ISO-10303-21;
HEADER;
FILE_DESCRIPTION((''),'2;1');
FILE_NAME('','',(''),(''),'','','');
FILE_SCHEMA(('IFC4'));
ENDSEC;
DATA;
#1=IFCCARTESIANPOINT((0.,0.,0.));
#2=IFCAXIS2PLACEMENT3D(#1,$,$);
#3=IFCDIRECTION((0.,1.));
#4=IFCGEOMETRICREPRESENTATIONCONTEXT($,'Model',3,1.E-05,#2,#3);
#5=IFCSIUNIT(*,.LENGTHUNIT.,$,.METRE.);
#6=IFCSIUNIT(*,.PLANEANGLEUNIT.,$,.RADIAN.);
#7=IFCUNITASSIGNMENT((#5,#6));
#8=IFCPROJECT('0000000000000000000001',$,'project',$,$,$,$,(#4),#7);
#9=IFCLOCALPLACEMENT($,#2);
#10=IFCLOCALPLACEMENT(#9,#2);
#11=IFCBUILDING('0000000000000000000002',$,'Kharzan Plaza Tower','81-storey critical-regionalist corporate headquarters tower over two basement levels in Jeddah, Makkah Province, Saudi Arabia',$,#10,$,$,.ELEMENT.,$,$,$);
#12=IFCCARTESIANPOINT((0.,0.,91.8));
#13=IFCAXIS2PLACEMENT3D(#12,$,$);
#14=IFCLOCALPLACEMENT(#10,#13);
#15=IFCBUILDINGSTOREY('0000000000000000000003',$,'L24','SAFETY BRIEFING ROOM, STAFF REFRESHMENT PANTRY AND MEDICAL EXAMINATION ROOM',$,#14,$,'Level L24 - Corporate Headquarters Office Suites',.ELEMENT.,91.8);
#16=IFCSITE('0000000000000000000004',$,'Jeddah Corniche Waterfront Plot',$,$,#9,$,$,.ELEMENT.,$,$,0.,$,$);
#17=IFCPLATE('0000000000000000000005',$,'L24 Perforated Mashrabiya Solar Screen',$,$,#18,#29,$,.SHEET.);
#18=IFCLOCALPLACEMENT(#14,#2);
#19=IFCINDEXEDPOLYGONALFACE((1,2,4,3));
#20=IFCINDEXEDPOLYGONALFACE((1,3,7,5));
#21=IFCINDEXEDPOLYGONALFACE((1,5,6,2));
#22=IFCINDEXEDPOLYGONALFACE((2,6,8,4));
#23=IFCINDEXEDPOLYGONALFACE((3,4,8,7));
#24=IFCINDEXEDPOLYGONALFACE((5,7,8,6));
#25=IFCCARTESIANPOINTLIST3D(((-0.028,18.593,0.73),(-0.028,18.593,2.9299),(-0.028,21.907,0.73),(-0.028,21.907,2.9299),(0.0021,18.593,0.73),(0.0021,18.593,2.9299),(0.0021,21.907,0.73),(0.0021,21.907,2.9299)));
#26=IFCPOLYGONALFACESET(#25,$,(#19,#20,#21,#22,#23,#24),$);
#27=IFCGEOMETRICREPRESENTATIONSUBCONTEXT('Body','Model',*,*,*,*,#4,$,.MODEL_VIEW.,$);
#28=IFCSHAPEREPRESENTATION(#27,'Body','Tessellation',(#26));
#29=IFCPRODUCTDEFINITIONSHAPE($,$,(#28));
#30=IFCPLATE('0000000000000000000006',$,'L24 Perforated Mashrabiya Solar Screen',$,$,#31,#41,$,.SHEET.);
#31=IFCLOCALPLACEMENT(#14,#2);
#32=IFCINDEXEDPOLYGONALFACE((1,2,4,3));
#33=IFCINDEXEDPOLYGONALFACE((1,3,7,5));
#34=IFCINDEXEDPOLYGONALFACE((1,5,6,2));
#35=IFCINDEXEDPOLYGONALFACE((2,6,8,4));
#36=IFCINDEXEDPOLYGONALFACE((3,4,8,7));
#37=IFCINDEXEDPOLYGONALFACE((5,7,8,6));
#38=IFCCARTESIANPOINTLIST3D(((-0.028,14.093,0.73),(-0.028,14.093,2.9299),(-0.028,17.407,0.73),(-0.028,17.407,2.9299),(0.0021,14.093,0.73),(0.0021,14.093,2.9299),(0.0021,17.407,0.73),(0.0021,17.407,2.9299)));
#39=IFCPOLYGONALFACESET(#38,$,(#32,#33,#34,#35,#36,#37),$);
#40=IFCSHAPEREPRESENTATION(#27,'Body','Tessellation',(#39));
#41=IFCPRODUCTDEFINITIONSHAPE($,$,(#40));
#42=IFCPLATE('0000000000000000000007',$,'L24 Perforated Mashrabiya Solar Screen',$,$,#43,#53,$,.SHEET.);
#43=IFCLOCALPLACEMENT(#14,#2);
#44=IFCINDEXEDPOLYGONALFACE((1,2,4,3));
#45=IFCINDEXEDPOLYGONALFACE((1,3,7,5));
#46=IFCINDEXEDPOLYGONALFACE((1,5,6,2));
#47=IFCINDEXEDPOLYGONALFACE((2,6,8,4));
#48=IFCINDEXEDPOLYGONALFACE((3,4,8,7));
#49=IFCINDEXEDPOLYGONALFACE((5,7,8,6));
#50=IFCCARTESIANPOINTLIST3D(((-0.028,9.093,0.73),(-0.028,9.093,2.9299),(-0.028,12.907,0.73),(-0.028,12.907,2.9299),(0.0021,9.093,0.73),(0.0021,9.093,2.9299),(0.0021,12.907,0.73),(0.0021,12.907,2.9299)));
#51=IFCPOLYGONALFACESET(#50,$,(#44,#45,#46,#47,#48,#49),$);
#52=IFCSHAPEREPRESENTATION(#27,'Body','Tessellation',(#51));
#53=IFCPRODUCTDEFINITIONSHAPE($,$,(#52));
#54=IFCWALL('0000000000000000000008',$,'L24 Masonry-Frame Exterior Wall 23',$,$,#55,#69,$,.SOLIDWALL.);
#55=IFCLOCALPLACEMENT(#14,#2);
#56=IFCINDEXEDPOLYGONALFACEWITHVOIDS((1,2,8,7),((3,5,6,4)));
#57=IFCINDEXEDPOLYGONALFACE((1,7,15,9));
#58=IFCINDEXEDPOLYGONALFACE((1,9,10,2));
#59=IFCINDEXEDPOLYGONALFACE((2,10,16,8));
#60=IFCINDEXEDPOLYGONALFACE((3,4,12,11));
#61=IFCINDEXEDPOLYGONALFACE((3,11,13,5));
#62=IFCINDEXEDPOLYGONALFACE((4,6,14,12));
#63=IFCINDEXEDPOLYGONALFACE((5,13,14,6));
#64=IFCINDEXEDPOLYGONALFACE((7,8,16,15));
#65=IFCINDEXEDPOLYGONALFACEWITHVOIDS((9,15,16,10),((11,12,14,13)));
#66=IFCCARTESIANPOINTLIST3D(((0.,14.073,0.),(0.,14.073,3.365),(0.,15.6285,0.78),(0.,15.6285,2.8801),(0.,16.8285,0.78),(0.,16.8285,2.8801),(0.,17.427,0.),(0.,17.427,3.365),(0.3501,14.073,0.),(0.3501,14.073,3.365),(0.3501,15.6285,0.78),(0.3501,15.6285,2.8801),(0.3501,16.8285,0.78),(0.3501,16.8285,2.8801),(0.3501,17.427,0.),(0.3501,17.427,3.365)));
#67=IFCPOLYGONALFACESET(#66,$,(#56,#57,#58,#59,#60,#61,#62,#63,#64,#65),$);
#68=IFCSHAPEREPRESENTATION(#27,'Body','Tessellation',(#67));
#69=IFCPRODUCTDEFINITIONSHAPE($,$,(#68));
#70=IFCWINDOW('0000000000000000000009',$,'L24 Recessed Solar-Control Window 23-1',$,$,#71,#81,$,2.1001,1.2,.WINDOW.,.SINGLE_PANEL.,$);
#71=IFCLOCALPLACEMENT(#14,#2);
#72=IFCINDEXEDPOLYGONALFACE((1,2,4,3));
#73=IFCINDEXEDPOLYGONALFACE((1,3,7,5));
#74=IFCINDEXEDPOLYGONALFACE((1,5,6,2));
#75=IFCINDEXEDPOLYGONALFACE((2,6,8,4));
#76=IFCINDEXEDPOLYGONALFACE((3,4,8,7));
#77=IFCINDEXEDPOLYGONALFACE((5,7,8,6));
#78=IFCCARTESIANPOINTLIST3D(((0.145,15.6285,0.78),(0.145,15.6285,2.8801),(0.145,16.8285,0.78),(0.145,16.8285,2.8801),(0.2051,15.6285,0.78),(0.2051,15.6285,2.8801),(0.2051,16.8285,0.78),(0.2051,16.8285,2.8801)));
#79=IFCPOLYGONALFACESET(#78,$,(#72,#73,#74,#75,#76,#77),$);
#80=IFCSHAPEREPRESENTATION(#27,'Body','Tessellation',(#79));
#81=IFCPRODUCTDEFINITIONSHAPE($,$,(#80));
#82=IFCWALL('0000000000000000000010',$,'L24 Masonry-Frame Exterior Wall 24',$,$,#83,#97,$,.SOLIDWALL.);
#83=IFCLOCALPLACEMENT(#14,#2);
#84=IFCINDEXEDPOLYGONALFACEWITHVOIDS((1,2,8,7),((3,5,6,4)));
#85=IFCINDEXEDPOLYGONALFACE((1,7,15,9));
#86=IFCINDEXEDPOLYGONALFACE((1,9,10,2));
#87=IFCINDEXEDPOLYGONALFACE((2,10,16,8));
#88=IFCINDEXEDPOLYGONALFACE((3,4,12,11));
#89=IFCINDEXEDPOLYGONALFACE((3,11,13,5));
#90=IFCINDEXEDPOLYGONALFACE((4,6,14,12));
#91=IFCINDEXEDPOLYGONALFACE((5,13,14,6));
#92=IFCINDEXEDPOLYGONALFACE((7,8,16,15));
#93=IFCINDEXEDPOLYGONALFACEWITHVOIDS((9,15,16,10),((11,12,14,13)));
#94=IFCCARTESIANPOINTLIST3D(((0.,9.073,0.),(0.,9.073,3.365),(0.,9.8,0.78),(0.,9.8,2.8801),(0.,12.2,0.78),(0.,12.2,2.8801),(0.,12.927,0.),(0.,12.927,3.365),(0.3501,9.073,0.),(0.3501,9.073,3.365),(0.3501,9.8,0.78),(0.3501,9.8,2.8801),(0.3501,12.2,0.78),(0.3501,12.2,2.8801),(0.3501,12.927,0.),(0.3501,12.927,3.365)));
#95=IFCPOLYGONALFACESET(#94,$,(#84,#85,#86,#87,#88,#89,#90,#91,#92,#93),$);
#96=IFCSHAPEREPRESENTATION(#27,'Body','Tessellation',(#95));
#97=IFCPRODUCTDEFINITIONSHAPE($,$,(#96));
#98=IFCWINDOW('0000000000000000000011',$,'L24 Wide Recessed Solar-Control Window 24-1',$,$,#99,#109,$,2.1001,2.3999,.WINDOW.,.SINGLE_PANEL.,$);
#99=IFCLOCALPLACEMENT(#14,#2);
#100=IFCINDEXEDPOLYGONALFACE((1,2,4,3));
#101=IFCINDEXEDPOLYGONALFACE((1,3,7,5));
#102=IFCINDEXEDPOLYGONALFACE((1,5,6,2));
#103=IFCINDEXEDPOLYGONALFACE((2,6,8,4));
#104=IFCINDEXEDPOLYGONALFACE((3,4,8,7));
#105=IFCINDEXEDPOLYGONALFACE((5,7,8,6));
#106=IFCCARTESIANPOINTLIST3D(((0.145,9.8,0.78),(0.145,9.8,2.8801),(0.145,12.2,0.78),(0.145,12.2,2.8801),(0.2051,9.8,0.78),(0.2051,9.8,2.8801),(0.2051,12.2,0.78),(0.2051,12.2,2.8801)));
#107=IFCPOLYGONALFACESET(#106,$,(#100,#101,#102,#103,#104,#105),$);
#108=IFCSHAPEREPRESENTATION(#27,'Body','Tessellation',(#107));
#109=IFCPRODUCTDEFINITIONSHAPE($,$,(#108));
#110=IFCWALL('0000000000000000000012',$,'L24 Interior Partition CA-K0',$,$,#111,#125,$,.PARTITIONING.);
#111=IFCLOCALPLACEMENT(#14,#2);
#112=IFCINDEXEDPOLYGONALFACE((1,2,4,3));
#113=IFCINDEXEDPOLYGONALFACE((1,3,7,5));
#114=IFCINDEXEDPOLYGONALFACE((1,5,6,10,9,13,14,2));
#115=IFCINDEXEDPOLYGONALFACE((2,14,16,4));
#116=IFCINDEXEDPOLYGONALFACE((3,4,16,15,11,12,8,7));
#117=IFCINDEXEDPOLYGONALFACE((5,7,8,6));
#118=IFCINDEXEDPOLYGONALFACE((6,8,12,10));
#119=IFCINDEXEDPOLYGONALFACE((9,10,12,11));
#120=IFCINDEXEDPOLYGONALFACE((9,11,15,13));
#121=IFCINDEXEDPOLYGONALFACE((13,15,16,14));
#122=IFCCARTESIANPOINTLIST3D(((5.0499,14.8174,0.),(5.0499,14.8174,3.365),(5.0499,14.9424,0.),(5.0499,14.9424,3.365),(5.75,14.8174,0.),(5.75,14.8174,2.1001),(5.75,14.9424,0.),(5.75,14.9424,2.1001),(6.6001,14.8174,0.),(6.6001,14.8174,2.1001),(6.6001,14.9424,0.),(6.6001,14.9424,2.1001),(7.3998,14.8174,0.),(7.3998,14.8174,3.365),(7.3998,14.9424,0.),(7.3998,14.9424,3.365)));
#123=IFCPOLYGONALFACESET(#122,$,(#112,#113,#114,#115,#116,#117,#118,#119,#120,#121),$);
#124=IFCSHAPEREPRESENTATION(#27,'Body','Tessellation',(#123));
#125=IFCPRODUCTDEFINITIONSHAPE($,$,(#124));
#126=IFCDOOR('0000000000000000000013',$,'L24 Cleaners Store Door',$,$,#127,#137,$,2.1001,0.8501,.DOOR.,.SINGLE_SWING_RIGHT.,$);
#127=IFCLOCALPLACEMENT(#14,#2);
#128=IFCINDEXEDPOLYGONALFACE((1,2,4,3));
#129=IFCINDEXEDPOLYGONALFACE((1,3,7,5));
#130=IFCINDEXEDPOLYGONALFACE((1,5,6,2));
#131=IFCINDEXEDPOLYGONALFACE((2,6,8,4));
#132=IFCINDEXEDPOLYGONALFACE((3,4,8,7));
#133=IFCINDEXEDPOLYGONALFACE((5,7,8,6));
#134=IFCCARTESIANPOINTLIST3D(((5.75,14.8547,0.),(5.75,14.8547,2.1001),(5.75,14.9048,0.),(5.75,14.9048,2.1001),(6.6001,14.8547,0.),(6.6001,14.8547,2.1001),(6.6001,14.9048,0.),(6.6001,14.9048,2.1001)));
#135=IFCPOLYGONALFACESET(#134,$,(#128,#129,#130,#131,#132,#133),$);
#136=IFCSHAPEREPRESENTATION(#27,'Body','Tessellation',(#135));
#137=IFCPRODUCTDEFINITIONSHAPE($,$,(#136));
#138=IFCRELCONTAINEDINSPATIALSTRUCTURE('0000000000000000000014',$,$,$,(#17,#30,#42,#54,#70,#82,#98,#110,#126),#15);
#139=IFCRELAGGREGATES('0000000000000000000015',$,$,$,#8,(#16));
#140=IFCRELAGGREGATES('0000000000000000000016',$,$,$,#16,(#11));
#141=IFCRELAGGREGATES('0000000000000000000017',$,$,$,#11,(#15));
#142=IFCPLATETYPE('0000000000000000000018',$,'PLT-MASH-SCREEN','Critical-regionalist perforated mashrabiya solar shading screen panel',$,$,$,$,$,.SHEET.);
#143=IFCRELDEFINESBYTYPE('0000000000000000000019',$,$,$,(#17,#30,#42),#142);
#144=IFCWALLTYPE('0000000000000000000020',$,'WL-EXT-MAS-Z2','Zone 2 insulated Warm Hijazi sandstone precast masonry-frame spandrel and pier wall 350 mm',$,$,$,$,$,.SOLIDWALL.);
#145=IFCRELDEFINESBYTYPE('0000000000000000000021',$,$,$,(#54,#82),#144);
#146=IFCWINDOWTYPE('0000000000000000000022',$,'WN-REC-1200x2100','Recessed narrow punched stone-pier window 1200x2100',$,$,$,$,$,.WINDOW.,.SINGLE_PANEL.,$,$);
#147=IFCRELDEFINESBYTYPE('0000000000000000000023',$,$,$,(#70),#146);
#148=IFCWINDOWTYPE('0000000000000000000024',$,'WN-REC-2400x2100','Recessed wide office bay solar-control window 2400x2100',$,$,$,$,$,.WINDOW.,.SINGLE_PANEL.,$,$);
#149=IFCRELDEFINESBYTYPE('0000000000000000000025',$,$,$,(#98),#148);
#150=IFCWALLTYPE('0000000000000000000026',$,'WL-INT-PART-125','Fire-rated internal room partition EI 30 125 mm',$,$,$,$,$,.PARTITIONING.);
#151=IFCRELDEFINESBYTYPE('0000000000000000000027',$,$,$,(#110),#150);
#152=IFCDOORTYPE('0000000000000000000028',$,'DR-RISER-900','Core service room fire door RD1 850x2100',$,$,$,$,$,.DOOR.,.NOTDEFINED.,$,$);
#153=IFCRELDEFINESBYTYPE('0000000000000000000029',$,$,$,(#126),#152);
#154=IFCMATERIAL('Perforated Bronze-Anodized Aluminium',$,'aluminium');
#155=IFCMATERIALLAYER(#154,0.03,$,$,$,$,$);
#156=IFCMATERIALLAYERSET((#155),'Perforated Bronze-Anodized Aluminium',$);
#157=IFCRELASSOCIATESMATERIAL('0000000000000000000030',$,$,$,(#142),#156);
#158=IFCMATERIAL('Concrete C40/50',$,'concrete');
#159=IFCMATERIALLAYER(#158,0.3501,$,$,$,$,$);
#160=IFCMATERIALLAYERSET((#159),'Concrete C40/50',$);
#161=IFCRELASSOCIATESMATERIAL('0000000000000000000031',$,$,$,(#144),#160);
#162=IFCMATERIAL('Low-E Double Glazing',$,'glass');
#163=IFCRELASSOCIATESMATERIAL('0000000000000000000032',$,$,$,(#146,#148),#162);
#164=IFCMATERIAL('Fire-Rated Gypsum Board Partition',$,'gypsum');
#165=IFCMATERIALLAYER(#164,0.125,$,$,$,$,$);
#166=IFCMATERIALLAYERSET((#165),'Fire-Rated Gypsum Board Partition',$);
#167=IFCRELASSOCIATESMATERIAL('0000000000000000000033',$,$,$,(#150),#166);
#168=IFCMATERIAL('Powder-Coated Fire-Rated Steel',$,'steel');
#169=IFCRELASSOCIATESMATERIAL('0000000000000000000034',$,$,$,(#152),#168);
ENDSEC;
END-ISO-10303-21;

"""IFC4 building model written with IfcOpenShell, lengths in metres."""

from ifc_helpers import new_model, si_unit, direction, frame, frame_2d, origin, origin_2d, place, context, subcontext, project, spatial, rectangle, extrude, source, transform, mapped, material, layer, layer_set, type_object, element, fill, save


model = new_model("IFC4")

# Units and contexts
model_context = context("Model", 3, precision=1e-05, world=origin(), true_north=direction((0.0, 1.0)))
body_context = subcontext(model_context, "Body", "Model", "MODEL_VIEW")
ifc_project = project(units=[si_unit("LENGTHUNIT", "METRE"), si_unit("PLANEANGLEUNIT", "RADIAN")], contexts=[model_context])

# Site, building, storey
site_placement = place(None, origin())
site = spatial("IfcSite", under=ifc_project, at=site_placement, Name="Jeddah Corniche Waterfront Plot", CompositionType="ELEMENT", RefElevation=0.0)
building_placement = place(site_placement, origin())
building = spatial("IfcBuilding", under=site, at=building_placement, Name="Kharzan Plaza Tower", Description="81-storey critical-regionalist corporate headquarters tower over two basement levels in Jeddah, Makkah Province, Saudi Arabia", CompositionType="ELEMENT")
storey_placement = place(building_placement, frame((0.0, 0.0, 91.8)))
storey = spatial("IfcBuildingStorey", under=building, at=storey_placement, Name="L24", Description="SAFETY BRIEFING ROOM, STAFF REFRESHMENT PANTRY AND MEDICAL EXAMINATION ROOM", LongName="Level L24 - Corporate Headquarters Office Suites", CompositionType="ELEMENT", Elevation=91.8)

# Plates
ifc_material_1 = material(Name="Perforated Bronze-Anodized Aluminium", Category="aluminium")
ifc_layer_1 = layer(ifc_material_1, 0.03)
ifc_layer_set_1 = layer_set([ifc_layer_1], Name="Perforated Bronze-Anodized Aluminium")
plate_type = type_object("IfcPlateType", Name="PLT-MASH-SCREEN", Description="Critical-regionalist perforated mashrabiya solar shading screen panel", PredefinedType="SHEET", material=ifc_layer_set_1)
shared_shape_1 = source(origin(), body_context, "Body", "SweptSolid", [
    extrude(rectangle(XDim=3.314, YDim=0.03, at=origin_2d()), origin(), (0.0, 0.0, 1.0), 2.2),
])
for number, where, z_axis, x_axis, name in (
    (1, (-0.0129, 20.25, 0.73), (0.0, 0.0, 1.0), (0.0, -1.0, 0.0), "L24 Perforated Mashrabiya Solar Screen"),
    (2, (-0.0129, 15.75, 0.73), (0.0, 0.0, 1.0), (0.0, -1.0, 0.0), "L24 Perforated Mashrabiya Solar Screen"),
):
    element("IfcPlate", number, at=place(storey_placement, frame(where, z_axis=z_axis, x_axis=x_axis)), inside=storey, type_object=plate_type, Name=name, PredefinedType="SHEET", context=body_context, shape_type="MappedRepresentation", body=[
        mapped(shared_shape_1, transform((0.0, 0.0, 0.0), x_axis=(1.0, 0.0, 0.0), y_axis=(0.0, 1.0, 0.0), z_axis=(0.0, 0.0, 1.0))),
    ])
shared_shape_2 = source(origin(), body_context, "Body", "SweptSolid", [
    extrude(rectangle(XDim=3.814, YDim=0.03, at=origin_2d()), origin(), (0.0, 0.0, 1.0), 2.2),
])
plate_placement = place(storey_placement, frame((-0.0129, 11.0, 0.73), z_axis=(0.0, 0.0, 1.0), x_axis=(0.0, -1.0, 0.0)))
element("IfcPlate", 3, at=plate_placement, inside=storey, type_object=plate_type, Name="L24 Perforated Mashrabiya Solar Screen", PredefinedType="SHEET", context=body_context, shape_type="MappedRepresentation", body=[
    mapped(shared_shape_2, transform((0.0, 0.0, 0.0), x_axis=(1.0, 0.0, 0.0), y_axis=(0.0, 1.0, 0.0), z_axis=(0.0, 0.0, 1.0))),
])

# Walls, openings, windows
ifc_material_2 = material(Name="Concrete C40/50", Category="concrete")
ifc_layer_2 = layer(ifc_material_2, 0.3501)
ifc_layer_set_2 = layer_set([ifc_layer_2], Name="Concrete C40/50")
wall_type_1 = type_object("IfcWallType", Name="WL-EXT-MAS-Z2", Description="Zone 2 insulated Warm Hijazi sandstone precast masonry-frame spandrel and pier wall 350 mm", PredefinedType="SOLIDWALL", material=ifc_layer_set_2)
wall_1_placement = place(storey_placement, frame((0.175, 17.427, 0.0), z_axis=(0.0, 0.0, 1.0), x_axis=(0.0, -1.0, 0.0)))
wall_1 = element("IfcWall", 4, at=wall_1_placement, inside=storey, type_object=wall_type_1, Name="L24 Masonry-Frame Exterior Wall 23", PredefinedType="SOLIDWALL", context=body_context, shape_type="SweptSolid", body=[
    extrude(rectangle(XDim=3.354, YDim=0.3501, at=frame_2d((1.677, 0.0))), origin(), (0.0, 0.0, 1.0), 3.365),
])
opening_1_placement = place(wall_1_placement, frame((0.5984, 0.0, 0.78)))
opening_1 = element("IfcOpeningElement", 5, at=opening_1_placement, cuts=wall_1, PredefinedType="OPENING", context=body_context, shape_type="SweptSolid", body=[
    extrude(rectangle(XDim=1.2, YDim=2.1001, at=frame_2d((0.6001, 1.05))), frame((0.0, 0.1851, 0.0), z_axis=(0.0, -1.0, 0.0), x_axis=(1.0, 0.0, 0.0)), (0.0, 0.0, 1.0), 0.3701),
])
ifc_material_3 = material(Name="Low-E Double Glazing", Category="glass")
window_type_1 = type_object("IfcWindowType", Name="WN-REC-1200x2100", Description="Recessed narrow punched stone-pier window 1200x2100", PartitioningType="SINGLE_PANEL", PredefinedType="WINDOW", material=ifc_material_3)
shared_shape_3 = source(origin(), body_context, "Body", "SweptSolid", [
    extrude(rectangle(XDim=1.2, YDim=2.1001, at=frame_2d((0.6001, 1.05))), frame((0.0, 0.03, 0.0), z_axis=(0.0, -1.0, 0.0), x_axis=(1.0, 0.0, 0.0)), (0.0, 0.0, 1.0), 0.0601),
])
window_1_placement = place(opening_1_placement, origin())
window_1 = element("IfcWindow", 6, at=window_1_placement, inside=storey, type_object=window_type_1, Name="L24 Recessed Solar-Control Window 23-1", OverallHeight=2.1001, OverallWidth=1.2, PartitioningType="SINGLE_PANEL", PredefinedType="WINDOW", context=body_context, shape_type="MappedRepresentation", body=[
    mapped(shared_shape_3, transform((0.0, 0.0, 0.0), x_axis=(1.0, 0.0, 0.0), y_axis=(0.0, 1.0, 0.0), z_axis=(0.0, 0.0, 1.0))),
])
fill(opening_1, window_1)
wall_2_placement = place(storey_placement, frame((0.175, 12.927, 0.0), z_axis=(0.0, 0.0, 1.0), x_axis=(0.0, -1.0, 0.0)))
wall_2 = element("IfcWall", 7, at=wall_2_placement, inside=storey, type_object=wall_type_1, Name="L24 Masonry-Frame Exterior Wall 24", PredefinedType="SOLIDWALL", context=body_context, shape_type="SweptSolid", body=[
    extrude(rectangle(XDim=3.854, YDim=0.3501, at=frame_2d((1.927, 0.0))), origin(), (0.0, 0.0, 1.0), 3.365),
])
opening_2_placement = place(wall_2_placement, frame((0.7271, 0.0, 0.78)))
opening_2 = element("IfcOpeningElement", 8, at=opening_2_placement, cuts=wall_2, PredefinedType="OPENING", context=body_context, shape_type="SweptSolid", body=[
    extrude(rectangle(XDim=2.3999, YDim=2.1001, at=frame_2d((1.2, 1.05))), frame((0.0, 0.1851, 0.0), z_axis=(0.0, -1.0, 0.0), x_axis=(1.0, 0.0, 0.0)), (0.0, 0.0, 1.0), 0.3701),
])
window_type_2 = type_object("IfcWindowType", Name="WN-REC-2400x2100", Description="Recessed wide office bay solar-control window 2400x2100", PartitioningType="SINGLE_PANEL", PredefinedType="WINDOW", material=ifc_material_3)
shared_shape_4 = source(origin(), body_context, "Body", "SweptSolid", [
    extrude(rectangle(XDim=2.3999, YDim=2.1001, at=frame_2d((1.2, 1.05))), frame((0.0, 0.03, 0.0), z_axis=(0.0, -1.0, 0.0), x_axis=(1.0, 0.0, 0.0)), (0.0, 0.0, 1.0), 0.0601),
])
window_2_placement = place(opening_2_placement, origin())
window_2 = element("IfcWindow", 9, at=window_2_placement, inside=storey, type_object=window_type_2, Name="L24 Wide Recessed Solar-Control Window 24-1", OverallHeight=2.1001, OverallWidth=2.3999, PartitioningType="SINGLE_PANEL", PredefinedType="WINDOW", context=body_context, shape_type="MappedRepresentation", body=[
    mapped(shared_shape_4, transform((0.0, 0.0, 0.0), x_axis=(1.0, 0.0, 0.0), y_axis=(0.0, 1.0, 0.0), z_axis=(0.0, 0.0, 1.0))),
])
fill(opening_2, window_2)

# Wall, opening, door
ifc_material_4 = material(Name="Fire-Rated Gypsum Board Partition", Category="gypsum")
ifc_layer_3 = layer(ifc_material_4, 0.125)
ifc_layer_set_3 = layer_set([ifc_layer_3], Name="Fire-Rated Gypsum Board Partition")
wall_type_2 = type_object("IfcWallType", Name="WL-INT-PART-125", Description="Fire-rated internal room partition EI 30 125 mm", PredefinedType="PARTITIONING", material=ifc_layer_set_3)
wall_3_placement = place(storey_placement, frame((5.05, 14.8799, 0.0), z_axis=(0.0, 0.0, 1.0), x_axis=(1.0, 0.0, 0.0)))
wall_3 = element("IfcWall", 10, at=wall_3_placement, inside=storey, type_object=wall_type_2, Name="L24 Interior Partition CA-K0", PredefinedType="PARTITIONING", context=body_context, shape_type="SweptSolid", body=[
    extrude(rectangle(XDim=2.3499, YDim=0.125, at=frame_2d((1.1748, 0.0))), origin(), (0.0, 0.0, 1.0), 3.365),
])
opening_3_placement = place(wall_3_placement, frame((0.7, 0.0, 0.0)))
opening_3 = element("IfcOpeningElement", 11, at=opening_3_placement, cuts=wall_3, PredefinedType="OPENING", context=body_context, shape_type="SweptSolid", body=[
    extrude(rectangle(XDim=0.8501, YDim=2.1001, at=frame_2d((0.425, 1.05))), frame((0.0, 0.0725, 0.0), z_axis=(0.0, -1.0, 0.0), x_axis=(1.0, 0.0, 0.0)), (0.0, 0.0, 1.0), 0.145),
])
ifc_material_5 = material(Name="Powder-Coated Fire-Rated Steel", Category="steel")
door_type_1 = type_object("IfcDoorType", Name="DR-RISER-900", Description="Core service room fire door RD1 850x2100", OperationType="NOTDEFINED", PredefinedType="DOOR", material=ifc_material_5)
shared_shape_5 = source(origin(), body_context, "Body", "SweptSolid", [
    extrude(rectangle(XDim=0.8501, YDim=2.1001, at=frame_2d((0.425, 1.05))), frame((0.0, 0.0249, 0.0), z_axis=(0.0, -1.0, 0.0), x_axis=(1.0, 0.0, 0.0)), (0.0, 0.0, 1.0), 0.05),
])
door_1_placement = place(opening_3_placement, origin())
door_1 = element("IfcDoor", 12, at=door_1_placement, inside=storey, type_object=door_type_1, Name="L24 Cleaners Store Door", OperationType="SINGLE_SWING_RIGHT", OverallHeight=2.1001, OverallWidth=0.8501, PredefinedType="DOOR", context=body_context, shape_type="MappedRepresentation", body=[
    mapped(shared_shape_5, transform((0.0, 0.0, 0.0), x_axis=(1.0, 0.0, 0.0), y_axis=(0.0, 1.0, 0.0), z_axis=(0.0, 0.0, 1.0))),
])
fill(opening_3, door_1)

save(model, "model.ifc")
